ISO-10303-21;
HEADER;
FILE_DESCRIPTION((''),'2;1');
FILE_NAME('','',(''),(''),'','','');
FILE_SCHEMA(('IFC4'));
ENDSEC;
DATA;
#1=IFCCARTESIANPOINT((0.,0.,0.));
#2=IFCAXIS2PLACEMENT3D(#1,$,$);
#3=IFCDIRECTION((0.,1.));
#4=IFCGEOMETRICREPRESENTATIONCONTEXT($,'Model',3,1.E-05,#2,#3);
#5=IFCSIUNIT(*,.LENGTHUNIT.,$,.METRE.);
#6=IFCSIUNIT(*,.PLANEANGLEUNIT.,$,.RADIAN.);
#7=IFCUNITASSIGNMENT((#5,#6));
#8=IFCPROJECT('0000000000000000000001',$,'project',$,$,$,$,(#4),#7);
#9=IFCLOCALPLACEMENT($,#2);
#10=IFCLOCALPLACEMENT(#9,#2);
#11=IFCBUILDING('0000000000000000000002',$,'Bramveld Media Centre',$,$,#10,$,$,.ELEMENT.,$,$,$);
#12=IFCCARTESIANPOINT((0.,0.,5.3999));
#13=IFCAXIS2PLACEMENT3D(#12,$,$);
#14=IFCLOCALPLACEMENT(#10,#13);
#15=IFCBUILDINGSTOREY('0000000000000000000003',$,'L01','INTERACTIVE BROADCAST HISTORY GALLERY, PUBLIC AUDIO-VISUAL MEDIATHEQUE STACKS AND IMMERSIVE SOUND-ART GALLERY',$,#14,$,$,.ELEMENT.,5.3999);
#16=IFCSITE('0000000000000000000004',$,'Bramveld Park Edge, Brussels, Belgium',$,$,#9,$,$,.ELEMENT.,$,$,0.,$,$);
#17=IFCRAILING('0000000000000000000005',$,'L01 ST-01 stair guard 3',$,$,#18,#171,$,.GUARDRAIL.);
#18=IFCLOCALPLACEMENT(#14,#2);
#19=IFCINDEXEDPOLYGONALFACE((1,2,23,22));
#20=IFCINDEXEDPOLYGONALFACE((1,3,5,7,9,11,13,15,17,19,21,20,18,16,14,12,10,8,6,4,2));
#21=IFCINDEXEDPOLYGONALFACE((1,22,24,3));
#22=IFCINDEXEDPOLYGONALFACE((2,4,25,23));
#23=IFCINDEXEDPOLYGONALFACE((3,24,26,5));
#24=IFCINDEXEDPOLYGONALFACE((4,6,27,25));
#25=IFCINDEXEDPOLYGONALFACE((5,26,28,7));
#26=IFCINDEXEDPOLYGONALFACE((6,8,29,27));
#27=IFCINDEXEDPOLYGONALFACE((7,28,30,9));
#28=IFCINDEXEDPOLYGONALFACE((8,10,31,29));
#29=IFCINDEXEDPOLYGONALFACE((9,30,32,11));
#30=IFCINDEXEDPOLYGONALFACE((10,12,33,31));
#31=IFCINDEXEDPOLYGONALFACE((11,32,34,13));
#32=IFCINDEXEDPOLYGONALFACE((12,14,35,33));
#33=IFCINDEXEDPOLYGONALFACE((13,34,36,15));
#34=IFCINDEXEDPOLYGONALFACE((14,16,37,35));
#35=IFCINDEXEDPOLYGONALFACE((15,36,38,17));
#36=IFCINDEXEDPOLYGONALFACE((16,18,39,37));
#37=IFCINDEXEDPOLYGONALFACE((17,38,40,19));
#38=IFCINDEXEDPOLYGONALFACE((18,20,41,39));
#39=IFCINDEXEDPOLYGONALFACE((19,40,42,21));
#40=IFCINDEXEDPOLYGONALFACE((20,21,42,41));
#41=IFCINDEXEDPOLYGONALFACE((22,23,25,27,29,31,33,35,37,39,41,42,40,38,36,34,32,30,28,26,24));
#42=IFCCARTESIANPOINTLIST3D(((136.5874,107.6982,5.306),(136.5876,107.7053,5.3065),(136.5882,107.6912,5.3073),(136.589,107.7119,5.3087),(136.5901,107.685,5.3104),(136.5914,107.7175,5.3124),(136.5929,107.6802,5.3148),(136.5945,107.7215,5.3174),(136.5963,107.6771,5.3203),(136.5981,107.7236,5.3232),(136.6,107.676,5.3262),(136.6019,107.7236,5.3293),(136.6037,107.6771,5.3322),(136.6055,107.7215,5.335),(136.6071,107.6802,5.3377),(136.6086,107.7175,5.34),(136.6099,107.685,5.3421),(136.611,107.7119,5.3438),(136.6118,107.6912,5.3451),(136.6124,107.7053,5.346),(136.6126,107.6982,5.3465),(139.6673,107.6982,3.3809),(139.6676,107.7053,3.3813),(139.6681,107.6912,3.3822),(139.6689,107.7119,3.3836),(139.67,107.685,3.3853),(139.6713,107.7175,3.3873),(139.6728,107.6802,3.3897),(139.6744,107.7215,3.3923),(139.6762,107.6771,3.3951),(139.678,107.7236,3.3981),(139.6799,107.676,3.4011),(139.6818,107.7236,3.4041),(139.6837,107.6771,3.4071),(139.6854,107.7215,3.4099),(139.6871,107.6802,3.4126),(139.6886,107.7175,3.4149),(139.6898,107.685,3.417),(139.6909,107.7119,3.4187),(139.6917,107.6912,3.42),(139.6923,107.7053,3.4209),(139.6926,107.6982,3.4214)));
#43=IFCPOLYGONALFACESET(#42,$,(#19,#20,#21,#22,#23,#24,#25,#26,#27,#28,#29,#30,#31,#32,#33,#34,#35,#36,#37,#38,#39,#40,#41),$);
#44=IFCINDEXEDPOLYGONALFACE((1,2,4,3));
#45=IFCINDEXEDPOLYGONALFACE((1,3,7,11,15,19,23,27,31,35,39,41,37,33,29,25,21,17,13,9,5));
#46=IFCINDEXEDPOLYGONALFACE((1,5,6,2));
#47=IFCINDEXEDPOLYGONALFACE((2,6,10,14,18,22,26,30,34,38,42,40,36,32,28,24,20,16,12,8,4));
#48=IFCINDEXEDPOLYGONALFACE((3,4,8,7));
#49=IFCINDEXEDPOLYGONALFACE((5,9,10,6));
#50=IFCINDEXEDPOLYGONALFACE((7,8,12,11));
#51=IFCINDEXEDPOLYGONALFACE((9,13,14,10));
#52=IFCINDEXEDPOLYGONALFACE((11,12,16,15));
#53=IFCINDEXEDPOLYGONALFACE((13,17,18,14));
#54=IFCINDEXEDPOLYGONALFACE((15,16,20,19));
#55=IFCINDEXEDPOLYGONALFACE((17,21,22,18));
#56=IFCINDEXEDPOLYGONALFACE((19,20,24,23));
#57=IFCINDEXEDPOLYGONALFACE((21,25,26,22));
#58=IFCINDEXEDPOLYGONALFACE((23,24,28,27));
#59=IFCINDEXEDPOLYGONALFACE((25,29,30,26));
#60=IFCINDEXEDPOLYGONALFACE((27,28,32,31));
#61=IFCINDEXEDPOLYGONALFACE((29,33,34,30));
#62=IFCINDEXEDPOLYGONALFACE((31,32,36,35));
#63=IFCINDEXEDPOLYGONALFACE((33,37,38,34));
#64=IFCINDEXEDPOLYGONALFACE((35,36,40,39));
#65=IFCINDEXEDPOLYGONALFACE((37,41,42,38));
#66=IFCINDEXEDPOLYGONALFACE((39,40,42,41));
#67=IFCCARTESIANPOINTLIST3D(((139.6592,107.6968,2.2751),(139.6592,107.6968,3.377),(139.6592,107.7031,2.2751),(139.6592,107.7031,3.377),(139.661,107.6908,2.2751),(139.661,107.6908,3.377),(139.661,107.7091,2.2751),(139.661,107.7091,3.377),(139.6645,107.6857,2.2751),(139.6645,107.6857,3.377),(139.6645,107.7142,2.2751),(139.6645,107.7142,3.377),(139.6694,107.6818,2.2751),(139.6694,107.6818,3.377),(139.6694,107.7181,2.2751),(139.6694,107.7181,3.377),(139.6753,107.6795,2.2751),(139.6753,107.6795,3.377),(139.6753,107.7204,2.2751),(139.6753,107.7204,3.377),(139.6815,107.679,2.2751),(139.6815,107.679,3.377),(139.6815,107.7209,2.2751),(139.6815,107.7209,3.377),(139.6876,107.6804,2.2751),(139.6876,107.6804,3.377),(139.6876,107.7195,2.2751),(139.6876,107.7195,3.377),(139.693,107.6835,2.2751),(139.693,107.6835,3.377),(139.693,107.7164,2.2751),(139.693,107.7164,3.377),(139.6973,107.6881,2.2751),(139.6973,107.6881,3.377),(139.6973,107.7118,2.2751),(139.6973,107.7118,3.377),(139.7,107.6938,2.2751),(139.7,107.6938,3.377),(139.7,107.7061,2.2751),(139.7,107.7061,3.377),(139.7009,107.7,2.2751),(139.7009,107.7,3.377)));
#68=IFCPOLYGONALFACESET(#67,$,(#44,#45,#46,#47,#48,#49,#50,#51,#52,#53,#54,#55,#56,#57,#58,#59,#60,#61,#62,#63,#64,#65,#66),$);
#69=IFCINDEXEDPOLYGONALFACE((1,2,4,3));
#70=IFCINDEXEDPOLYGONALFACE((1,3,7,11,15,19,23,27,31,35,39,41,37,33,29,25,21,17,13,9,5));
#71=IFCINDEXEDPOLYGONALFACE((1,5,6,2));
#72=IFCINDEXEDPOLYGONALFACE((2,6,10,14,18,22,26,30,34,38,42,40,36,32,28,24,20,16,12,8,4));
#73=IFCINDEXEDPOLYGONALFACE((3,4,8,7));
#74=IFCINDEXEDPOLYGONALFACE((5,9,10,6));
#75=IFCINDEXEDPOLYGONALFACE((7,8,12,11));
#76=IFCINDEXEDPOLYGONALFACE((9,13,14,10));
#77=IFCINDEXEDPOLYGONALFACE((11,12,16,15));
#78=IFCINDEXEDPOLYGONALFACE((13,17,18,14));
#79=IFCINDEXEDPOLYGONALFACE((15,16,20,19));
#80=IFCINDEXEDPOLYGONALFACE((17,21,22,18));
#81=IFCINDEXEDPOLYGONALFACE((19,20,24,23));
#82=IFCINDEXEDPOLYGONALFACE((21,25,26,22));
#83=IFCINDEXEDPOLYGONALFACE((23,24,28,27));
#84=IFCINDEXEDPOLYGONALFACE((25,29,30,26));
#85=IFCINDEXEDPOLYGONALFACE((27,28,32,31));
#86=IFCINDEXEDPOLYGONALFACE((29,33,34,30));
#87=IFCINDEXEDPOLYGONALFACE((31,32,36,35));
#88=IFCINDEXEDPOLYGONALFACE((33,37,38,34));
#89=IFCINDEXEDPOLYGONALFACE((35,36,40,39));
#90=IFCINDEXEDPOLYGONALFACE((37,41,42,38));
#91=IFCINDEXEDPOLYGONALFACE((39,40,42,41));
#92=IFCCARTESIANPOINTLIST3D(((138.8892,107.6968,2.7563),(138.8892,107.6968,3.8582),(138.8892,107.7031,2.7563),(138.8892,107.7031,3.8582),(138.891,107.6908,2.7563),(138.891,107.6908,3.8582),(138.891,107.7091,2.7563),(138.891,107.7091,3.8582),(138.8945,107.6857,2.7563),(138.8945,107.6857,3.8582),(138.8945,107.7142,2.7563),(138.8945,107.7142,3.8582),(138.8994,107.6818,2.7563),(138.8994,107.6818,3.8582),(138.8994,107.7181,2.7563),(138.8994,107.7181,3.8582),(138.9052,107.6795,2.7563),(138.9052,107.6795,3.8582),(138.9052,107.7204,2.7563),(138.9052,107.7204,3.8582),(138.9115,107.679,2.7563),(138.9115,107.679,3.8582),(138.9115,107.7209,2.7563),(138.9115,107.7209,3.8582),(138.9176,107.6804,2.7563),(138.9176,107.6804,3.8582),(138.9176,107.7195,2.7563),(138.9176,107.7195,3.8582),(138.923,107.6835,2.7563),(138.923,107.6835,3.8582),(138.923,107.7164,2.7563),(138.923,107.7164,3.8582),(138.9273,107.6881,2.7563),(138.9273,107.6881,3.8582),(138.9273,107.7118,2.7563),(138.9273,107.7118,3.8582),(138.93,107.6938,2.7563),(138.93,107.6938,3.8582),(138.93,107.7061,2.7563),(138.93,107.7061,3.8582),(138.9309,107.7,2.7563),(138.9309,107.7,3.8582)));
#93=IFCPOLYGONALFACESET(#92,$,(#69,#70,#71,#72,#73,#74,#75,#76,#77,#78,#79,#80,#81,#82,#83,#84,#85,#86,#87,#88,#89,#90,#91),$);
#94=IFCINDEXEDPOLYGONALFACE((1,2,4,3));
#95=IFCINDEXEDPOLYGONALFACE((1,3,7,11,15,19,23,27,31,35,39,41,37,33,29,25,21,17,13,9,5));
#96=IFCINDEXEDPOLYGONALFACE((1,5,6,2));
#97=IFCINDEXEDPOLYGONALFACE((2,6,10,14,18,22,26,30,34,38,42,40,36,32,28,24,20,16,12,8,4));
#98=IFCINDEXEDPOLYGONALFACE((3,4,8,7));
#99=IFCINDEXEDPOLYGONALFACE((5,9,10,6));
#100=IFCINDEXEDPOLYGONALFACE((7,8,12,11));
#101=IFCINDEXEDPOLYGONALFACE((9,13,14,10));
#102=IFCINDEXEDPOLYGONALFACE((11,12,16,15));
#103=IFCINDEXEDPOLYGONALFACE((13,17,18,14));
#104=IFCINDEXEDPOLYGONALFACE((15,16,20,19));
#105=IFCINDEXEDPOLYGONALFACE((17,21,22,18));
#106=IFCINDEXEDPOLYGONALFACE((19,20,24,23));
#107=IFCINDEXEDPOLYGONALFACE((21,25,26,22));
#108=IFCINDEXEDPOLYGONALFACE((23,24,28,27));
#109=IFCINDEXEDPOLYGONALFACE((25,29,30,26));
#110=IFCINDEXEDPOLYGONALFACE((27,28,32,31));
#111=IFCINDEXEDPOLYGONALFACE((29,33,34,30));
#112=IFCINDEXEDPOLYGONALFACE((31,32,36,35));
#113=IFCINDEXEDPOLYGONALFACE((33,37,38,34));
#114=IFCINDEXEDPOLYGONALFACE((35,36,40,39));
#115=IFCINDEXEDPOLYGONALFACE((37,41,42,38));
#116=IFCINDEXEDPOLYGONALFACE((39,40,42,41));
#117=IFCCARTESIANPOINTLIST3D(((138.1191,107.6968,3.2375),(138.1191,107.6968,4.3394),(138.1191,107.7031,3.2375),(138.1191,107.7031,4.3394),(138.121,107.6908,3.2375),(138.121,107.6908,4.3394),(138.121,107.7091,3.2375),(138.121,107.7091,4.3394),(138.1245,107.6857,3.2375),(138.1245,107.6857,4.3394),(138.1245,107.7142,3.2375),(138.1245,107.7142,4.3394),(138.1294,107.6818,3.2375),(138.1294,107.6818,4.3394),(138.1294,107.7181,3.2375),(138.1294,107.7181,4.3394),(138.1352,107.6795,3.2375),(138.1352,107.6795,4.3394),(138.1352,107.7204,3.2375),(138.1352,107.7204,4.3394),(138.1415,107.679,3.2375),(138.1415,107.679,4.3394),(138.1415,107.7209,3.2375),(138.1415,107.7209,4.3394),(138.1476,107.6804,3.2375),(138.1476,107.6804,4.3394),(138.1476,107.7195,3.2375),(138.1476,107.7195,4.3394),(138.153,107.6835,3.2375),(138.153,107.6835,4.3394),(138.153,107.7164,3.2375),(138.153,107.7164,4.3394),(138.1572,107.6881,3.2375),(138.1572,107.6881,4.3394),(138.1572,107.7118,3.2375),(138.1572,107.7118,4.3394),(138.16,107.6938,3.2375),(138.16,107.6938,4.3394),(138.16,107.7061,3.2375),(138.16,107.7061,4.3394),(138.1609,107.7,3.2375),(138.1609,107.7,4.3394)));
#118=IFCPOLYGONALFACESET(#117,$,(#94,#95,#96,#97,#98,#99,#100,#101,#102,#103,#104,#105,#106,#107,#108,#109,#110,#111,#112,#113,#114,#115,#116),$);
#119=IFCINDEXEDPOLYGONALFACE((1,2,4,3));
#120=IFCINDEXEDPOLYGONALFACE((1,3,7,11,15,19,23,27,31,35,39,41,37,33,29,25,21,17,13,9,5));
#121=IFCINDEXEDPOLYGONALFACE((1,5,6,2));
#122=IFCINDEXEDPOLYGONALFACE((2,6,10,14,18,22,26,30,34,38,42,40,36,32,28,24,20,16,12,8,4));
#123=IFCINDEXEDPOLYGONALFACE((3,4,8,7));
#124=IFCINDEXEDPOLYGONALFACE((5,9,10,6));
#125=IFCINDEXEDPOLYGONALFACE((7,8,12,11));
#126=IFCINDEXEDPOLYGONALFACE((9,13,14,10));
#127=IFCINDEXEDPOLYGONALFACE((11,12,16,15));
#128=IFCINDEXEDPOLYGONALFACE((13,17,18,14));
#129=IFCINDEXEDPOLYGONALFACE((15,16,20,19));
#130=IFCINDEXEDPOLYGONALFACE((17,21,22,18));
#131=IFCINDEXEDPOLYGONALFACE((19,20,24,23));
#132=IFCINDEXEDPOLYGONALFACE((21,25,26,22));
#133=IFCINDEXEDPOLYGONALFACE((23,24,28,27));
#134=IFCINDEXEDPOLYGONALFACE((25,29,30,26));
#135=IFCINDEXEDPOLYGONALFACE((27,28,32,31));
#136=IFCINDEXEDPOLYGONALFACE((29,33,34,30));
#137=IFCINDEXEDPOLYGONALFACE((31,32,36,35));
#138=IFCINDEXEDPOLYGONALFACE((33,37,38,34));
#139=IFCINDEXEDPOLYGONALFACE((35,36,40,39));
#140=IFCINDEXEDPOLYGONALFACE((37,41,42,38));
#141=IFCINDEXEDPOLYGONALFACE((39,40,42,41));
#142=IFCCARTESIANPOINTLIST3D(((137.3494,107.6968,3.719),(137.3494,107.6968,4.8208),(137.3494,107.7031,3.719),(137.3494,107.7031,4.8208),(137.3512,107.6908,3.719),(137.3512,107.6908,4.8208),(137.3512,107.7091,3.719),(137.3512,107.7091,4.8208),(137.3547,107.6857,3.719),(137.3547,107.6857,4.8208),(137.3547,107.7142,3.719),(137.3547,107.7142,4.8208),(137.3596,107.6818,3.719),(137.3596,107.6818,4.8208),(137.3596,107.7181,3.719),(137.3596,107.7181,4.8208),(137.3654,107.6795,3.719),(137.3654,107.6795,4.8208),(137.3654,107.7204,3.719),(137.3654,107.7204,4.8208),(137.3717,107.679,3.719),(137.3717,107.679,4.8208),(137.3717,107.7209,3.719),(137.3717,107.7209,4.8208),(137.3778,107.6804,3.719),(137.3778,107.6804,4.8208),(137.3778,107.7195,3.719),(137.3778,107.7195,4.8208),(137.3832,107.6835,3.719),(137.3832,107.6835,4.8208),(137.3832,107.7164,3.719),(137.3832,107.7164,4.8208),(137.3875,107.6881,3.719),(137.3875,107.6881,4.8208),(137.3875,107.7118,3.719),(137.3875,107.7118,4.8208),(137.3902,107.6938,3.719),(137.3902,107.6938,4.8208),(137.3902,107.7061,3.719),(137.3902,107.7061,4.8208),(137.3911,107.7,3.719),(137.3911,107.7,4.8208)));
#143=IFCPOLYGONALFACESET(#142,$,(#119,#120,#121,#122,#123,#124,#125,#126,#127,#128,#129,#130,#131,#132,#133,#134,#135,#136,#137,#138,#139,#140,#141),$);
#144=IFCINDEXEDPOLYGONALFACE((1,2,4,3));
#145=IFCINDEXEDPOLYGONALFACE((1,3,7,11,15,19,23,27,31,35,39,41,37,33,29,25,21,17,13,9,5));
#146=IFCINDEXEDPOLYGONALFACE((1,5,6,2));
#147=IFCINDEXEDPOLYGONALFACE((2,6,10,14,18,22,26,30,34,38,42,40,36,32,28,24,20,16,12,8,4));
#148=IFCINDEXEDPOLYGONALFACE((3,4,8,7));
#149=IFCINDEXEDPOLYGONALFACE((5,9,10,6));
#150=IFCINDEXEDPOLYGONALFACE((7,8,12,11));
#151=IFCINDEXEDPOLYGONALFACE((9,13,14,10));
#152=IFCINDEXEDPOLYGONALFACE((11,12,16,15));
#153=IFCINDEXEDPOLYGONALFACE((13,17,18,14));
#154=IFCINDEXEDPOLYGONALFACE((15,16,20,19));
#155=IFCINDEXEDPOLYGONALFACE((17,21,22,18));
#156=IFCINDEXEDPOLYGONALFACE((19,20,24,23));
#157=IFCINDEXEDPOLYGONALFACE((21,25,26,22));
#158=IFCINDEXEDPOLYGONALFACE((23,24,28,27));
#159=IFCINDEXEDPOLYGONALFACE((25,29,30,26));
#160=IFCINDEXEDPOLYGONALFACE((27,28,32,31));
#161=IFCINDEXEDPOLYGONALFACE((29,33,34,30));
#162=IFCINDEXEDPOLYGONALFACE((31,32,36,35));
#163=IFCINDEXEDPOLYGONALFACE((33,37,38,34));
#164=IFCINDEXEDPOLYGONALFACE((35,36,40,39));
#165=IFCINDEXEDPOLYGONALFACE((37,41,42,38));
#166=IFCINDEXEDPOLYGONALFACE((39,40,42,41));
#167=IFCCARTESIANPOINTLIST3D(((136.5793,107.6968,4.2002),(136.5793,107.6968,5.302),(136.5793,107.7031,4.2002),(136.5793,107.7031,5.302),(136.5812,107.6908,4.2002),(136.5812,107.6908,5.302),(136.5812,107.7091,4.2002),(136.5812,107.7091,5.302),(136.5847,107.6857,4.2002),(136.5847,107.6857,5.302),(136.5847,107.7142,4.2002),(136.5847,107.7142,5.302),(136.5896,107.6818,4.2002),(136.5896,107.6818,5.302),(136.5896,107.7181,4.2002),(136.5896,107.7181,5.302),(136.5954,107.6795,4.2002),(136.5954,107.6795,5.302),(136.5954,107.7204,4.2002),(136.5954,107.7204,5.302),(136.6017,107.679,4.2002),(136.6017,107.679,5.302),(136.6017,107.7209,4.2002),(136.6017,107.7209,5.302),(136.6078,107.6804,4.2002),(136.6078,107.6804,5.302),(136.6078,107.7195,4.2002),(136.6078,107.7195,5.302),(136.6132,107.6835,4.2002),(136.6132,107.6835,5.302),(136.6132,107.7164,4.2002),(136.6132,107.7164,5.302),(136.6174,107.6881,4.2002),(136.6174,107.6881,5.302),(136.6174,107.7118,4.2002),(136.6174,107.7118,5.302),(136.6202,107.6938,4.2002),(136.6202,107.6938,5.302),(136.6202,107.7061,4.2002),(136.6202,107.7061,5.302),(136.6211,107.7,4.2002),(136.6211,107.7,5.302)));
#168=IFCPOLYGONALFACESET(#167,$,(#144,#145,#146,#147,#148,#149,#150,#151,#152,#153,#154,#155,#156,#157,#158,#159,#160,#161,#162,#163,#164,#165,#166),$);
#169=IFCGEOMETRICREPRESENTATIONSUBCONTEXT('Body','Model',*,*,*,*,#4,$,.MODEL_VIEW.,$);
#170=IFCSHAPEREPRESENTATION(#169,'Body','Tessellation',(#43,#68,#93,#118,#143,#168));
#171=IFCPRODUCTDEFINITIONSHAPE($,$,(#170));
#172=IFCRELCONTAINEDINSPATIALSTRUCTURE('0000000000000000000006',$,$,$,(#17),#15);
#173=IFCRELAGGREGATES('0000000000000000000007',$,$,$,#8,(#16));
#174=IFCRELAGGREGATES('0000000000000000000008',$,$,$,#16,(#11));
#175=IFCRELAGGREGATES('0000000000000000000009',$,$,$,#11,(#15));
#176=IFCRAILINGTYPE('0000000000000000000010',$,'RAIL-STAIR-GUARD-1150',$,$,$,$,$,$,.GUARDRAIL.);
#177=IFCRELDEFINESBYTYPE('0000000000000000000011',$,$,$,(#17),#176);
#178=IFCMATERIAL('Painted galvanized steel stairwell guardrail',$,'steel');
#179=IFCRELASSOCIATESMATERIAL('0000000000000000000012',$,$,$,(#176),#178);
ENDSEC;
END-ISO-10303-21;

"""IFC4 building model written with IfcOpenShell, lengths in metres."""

from ifc_helpers import new_model, si_unit, direction, frame, origin, origin_2d, place, context, subcontext, project, spatial, circle, extrude, material, type_object, element, save


model = new_model("IFC4")

# Units and contexts
model_context = context("Model", 3, precision=1e-05, world=origin(), true_north=direction((0.0, 1.0)))
body_context = subcontext(model_context, "Body", "Model", "MODEL_VIEW")
ifc_project = project(units=[si_unit("LENGTHUNIT", "METRE"), si_unit("PLANEANGLEUNIT", "RADIAN")], contexts=[model_context])

# Site, building, storey
site_placement = place(None, origin())
site = spatial("IfcSite", under=ifc_project, at=site_placement, Name="Bramveld Park Edge, Brussels, Belgium", CompositionType="ELEMENT", RefElevation=0.0)
building_placement = place(site_placement, origin())
building = spatial("IfcBuilding", under=site, at=building_placement, Name="Bramveld Media Centre", CompositionType="ELEMENT")
storey_placement = place(building_placement, frame((0.0, 0.0, 5.3999)))
storey = spatial("IfcBuildingStorey", under=building, at=storey_placement, Name="L01", Description="INTERACTIVE BROADCAST HISTORY GALLERY, PUBLIC AUDIO-VISUAL MEDIATHEQUE STACKS AND IMMERSIVE SOUND-ART GALLERY", CompositionType="ELEMENT", Elevation=5.3999)

# Railing
ifc_material_1 = material(Name="Painted galvanized steel stairwell guardrail", Category="steel")
railing_type_1 = type_object("IfcRailingType", Name="RAIL-STAIR-GUARD-1150", PredefinedType="GUARDRAIL", material=ifc_material_1)
railing_1_placement = place(storey_placement, frame((139.6799, 107.7, 2.2751)))
element("IfcRailing", 1, at=railing_1_placement, inside=storey, type_object=railing_type_1, Name="L01 ST-01 stair guard 3", PredefinedType="GUARDRAIL", context=body_context, shape_type="SweptSolid", body=[
    extrude(circle(Radius=0.0239, at=origin_2d()), frame((0.0, 0.0, 1.126), z_axis=(-0.847979, 0.0, 0.530029), x_axis=(0.0, -1.0, 0.0)), (0.0, 0.0, 1.0), 3.6321),
    extrude(circle(Radius=0.021, at=origin_2d()), origin(), (0.0, 0.0, 1.0), 1.1018),
    extrude(circle(Radius=0.021, at=origin_2d()), frame((-0.77, 0.0, 0.4812)), (0.0, 0.0, 1.0), 1.1018),
    extrude(circle(Radius=0.021, at=origin_2d()), frame((-1.54, 0.0, 0.9624)), (0.0, 0.0, 1.0), 1.1018),
    extrude(circle(Radius=0.021, at=origin_2d()), frame((-2.3098, 0.0, 1.4438)), (0.0, 0.0, 1.0), 1.1018),
    extrude(circle(Radius=0.021, at=origin_2d()), frame((-3.0798, 0.0, 1.925)), (0.0, 0.0, 1.0), 1.1018),
])

save(model, "model.ifc")
